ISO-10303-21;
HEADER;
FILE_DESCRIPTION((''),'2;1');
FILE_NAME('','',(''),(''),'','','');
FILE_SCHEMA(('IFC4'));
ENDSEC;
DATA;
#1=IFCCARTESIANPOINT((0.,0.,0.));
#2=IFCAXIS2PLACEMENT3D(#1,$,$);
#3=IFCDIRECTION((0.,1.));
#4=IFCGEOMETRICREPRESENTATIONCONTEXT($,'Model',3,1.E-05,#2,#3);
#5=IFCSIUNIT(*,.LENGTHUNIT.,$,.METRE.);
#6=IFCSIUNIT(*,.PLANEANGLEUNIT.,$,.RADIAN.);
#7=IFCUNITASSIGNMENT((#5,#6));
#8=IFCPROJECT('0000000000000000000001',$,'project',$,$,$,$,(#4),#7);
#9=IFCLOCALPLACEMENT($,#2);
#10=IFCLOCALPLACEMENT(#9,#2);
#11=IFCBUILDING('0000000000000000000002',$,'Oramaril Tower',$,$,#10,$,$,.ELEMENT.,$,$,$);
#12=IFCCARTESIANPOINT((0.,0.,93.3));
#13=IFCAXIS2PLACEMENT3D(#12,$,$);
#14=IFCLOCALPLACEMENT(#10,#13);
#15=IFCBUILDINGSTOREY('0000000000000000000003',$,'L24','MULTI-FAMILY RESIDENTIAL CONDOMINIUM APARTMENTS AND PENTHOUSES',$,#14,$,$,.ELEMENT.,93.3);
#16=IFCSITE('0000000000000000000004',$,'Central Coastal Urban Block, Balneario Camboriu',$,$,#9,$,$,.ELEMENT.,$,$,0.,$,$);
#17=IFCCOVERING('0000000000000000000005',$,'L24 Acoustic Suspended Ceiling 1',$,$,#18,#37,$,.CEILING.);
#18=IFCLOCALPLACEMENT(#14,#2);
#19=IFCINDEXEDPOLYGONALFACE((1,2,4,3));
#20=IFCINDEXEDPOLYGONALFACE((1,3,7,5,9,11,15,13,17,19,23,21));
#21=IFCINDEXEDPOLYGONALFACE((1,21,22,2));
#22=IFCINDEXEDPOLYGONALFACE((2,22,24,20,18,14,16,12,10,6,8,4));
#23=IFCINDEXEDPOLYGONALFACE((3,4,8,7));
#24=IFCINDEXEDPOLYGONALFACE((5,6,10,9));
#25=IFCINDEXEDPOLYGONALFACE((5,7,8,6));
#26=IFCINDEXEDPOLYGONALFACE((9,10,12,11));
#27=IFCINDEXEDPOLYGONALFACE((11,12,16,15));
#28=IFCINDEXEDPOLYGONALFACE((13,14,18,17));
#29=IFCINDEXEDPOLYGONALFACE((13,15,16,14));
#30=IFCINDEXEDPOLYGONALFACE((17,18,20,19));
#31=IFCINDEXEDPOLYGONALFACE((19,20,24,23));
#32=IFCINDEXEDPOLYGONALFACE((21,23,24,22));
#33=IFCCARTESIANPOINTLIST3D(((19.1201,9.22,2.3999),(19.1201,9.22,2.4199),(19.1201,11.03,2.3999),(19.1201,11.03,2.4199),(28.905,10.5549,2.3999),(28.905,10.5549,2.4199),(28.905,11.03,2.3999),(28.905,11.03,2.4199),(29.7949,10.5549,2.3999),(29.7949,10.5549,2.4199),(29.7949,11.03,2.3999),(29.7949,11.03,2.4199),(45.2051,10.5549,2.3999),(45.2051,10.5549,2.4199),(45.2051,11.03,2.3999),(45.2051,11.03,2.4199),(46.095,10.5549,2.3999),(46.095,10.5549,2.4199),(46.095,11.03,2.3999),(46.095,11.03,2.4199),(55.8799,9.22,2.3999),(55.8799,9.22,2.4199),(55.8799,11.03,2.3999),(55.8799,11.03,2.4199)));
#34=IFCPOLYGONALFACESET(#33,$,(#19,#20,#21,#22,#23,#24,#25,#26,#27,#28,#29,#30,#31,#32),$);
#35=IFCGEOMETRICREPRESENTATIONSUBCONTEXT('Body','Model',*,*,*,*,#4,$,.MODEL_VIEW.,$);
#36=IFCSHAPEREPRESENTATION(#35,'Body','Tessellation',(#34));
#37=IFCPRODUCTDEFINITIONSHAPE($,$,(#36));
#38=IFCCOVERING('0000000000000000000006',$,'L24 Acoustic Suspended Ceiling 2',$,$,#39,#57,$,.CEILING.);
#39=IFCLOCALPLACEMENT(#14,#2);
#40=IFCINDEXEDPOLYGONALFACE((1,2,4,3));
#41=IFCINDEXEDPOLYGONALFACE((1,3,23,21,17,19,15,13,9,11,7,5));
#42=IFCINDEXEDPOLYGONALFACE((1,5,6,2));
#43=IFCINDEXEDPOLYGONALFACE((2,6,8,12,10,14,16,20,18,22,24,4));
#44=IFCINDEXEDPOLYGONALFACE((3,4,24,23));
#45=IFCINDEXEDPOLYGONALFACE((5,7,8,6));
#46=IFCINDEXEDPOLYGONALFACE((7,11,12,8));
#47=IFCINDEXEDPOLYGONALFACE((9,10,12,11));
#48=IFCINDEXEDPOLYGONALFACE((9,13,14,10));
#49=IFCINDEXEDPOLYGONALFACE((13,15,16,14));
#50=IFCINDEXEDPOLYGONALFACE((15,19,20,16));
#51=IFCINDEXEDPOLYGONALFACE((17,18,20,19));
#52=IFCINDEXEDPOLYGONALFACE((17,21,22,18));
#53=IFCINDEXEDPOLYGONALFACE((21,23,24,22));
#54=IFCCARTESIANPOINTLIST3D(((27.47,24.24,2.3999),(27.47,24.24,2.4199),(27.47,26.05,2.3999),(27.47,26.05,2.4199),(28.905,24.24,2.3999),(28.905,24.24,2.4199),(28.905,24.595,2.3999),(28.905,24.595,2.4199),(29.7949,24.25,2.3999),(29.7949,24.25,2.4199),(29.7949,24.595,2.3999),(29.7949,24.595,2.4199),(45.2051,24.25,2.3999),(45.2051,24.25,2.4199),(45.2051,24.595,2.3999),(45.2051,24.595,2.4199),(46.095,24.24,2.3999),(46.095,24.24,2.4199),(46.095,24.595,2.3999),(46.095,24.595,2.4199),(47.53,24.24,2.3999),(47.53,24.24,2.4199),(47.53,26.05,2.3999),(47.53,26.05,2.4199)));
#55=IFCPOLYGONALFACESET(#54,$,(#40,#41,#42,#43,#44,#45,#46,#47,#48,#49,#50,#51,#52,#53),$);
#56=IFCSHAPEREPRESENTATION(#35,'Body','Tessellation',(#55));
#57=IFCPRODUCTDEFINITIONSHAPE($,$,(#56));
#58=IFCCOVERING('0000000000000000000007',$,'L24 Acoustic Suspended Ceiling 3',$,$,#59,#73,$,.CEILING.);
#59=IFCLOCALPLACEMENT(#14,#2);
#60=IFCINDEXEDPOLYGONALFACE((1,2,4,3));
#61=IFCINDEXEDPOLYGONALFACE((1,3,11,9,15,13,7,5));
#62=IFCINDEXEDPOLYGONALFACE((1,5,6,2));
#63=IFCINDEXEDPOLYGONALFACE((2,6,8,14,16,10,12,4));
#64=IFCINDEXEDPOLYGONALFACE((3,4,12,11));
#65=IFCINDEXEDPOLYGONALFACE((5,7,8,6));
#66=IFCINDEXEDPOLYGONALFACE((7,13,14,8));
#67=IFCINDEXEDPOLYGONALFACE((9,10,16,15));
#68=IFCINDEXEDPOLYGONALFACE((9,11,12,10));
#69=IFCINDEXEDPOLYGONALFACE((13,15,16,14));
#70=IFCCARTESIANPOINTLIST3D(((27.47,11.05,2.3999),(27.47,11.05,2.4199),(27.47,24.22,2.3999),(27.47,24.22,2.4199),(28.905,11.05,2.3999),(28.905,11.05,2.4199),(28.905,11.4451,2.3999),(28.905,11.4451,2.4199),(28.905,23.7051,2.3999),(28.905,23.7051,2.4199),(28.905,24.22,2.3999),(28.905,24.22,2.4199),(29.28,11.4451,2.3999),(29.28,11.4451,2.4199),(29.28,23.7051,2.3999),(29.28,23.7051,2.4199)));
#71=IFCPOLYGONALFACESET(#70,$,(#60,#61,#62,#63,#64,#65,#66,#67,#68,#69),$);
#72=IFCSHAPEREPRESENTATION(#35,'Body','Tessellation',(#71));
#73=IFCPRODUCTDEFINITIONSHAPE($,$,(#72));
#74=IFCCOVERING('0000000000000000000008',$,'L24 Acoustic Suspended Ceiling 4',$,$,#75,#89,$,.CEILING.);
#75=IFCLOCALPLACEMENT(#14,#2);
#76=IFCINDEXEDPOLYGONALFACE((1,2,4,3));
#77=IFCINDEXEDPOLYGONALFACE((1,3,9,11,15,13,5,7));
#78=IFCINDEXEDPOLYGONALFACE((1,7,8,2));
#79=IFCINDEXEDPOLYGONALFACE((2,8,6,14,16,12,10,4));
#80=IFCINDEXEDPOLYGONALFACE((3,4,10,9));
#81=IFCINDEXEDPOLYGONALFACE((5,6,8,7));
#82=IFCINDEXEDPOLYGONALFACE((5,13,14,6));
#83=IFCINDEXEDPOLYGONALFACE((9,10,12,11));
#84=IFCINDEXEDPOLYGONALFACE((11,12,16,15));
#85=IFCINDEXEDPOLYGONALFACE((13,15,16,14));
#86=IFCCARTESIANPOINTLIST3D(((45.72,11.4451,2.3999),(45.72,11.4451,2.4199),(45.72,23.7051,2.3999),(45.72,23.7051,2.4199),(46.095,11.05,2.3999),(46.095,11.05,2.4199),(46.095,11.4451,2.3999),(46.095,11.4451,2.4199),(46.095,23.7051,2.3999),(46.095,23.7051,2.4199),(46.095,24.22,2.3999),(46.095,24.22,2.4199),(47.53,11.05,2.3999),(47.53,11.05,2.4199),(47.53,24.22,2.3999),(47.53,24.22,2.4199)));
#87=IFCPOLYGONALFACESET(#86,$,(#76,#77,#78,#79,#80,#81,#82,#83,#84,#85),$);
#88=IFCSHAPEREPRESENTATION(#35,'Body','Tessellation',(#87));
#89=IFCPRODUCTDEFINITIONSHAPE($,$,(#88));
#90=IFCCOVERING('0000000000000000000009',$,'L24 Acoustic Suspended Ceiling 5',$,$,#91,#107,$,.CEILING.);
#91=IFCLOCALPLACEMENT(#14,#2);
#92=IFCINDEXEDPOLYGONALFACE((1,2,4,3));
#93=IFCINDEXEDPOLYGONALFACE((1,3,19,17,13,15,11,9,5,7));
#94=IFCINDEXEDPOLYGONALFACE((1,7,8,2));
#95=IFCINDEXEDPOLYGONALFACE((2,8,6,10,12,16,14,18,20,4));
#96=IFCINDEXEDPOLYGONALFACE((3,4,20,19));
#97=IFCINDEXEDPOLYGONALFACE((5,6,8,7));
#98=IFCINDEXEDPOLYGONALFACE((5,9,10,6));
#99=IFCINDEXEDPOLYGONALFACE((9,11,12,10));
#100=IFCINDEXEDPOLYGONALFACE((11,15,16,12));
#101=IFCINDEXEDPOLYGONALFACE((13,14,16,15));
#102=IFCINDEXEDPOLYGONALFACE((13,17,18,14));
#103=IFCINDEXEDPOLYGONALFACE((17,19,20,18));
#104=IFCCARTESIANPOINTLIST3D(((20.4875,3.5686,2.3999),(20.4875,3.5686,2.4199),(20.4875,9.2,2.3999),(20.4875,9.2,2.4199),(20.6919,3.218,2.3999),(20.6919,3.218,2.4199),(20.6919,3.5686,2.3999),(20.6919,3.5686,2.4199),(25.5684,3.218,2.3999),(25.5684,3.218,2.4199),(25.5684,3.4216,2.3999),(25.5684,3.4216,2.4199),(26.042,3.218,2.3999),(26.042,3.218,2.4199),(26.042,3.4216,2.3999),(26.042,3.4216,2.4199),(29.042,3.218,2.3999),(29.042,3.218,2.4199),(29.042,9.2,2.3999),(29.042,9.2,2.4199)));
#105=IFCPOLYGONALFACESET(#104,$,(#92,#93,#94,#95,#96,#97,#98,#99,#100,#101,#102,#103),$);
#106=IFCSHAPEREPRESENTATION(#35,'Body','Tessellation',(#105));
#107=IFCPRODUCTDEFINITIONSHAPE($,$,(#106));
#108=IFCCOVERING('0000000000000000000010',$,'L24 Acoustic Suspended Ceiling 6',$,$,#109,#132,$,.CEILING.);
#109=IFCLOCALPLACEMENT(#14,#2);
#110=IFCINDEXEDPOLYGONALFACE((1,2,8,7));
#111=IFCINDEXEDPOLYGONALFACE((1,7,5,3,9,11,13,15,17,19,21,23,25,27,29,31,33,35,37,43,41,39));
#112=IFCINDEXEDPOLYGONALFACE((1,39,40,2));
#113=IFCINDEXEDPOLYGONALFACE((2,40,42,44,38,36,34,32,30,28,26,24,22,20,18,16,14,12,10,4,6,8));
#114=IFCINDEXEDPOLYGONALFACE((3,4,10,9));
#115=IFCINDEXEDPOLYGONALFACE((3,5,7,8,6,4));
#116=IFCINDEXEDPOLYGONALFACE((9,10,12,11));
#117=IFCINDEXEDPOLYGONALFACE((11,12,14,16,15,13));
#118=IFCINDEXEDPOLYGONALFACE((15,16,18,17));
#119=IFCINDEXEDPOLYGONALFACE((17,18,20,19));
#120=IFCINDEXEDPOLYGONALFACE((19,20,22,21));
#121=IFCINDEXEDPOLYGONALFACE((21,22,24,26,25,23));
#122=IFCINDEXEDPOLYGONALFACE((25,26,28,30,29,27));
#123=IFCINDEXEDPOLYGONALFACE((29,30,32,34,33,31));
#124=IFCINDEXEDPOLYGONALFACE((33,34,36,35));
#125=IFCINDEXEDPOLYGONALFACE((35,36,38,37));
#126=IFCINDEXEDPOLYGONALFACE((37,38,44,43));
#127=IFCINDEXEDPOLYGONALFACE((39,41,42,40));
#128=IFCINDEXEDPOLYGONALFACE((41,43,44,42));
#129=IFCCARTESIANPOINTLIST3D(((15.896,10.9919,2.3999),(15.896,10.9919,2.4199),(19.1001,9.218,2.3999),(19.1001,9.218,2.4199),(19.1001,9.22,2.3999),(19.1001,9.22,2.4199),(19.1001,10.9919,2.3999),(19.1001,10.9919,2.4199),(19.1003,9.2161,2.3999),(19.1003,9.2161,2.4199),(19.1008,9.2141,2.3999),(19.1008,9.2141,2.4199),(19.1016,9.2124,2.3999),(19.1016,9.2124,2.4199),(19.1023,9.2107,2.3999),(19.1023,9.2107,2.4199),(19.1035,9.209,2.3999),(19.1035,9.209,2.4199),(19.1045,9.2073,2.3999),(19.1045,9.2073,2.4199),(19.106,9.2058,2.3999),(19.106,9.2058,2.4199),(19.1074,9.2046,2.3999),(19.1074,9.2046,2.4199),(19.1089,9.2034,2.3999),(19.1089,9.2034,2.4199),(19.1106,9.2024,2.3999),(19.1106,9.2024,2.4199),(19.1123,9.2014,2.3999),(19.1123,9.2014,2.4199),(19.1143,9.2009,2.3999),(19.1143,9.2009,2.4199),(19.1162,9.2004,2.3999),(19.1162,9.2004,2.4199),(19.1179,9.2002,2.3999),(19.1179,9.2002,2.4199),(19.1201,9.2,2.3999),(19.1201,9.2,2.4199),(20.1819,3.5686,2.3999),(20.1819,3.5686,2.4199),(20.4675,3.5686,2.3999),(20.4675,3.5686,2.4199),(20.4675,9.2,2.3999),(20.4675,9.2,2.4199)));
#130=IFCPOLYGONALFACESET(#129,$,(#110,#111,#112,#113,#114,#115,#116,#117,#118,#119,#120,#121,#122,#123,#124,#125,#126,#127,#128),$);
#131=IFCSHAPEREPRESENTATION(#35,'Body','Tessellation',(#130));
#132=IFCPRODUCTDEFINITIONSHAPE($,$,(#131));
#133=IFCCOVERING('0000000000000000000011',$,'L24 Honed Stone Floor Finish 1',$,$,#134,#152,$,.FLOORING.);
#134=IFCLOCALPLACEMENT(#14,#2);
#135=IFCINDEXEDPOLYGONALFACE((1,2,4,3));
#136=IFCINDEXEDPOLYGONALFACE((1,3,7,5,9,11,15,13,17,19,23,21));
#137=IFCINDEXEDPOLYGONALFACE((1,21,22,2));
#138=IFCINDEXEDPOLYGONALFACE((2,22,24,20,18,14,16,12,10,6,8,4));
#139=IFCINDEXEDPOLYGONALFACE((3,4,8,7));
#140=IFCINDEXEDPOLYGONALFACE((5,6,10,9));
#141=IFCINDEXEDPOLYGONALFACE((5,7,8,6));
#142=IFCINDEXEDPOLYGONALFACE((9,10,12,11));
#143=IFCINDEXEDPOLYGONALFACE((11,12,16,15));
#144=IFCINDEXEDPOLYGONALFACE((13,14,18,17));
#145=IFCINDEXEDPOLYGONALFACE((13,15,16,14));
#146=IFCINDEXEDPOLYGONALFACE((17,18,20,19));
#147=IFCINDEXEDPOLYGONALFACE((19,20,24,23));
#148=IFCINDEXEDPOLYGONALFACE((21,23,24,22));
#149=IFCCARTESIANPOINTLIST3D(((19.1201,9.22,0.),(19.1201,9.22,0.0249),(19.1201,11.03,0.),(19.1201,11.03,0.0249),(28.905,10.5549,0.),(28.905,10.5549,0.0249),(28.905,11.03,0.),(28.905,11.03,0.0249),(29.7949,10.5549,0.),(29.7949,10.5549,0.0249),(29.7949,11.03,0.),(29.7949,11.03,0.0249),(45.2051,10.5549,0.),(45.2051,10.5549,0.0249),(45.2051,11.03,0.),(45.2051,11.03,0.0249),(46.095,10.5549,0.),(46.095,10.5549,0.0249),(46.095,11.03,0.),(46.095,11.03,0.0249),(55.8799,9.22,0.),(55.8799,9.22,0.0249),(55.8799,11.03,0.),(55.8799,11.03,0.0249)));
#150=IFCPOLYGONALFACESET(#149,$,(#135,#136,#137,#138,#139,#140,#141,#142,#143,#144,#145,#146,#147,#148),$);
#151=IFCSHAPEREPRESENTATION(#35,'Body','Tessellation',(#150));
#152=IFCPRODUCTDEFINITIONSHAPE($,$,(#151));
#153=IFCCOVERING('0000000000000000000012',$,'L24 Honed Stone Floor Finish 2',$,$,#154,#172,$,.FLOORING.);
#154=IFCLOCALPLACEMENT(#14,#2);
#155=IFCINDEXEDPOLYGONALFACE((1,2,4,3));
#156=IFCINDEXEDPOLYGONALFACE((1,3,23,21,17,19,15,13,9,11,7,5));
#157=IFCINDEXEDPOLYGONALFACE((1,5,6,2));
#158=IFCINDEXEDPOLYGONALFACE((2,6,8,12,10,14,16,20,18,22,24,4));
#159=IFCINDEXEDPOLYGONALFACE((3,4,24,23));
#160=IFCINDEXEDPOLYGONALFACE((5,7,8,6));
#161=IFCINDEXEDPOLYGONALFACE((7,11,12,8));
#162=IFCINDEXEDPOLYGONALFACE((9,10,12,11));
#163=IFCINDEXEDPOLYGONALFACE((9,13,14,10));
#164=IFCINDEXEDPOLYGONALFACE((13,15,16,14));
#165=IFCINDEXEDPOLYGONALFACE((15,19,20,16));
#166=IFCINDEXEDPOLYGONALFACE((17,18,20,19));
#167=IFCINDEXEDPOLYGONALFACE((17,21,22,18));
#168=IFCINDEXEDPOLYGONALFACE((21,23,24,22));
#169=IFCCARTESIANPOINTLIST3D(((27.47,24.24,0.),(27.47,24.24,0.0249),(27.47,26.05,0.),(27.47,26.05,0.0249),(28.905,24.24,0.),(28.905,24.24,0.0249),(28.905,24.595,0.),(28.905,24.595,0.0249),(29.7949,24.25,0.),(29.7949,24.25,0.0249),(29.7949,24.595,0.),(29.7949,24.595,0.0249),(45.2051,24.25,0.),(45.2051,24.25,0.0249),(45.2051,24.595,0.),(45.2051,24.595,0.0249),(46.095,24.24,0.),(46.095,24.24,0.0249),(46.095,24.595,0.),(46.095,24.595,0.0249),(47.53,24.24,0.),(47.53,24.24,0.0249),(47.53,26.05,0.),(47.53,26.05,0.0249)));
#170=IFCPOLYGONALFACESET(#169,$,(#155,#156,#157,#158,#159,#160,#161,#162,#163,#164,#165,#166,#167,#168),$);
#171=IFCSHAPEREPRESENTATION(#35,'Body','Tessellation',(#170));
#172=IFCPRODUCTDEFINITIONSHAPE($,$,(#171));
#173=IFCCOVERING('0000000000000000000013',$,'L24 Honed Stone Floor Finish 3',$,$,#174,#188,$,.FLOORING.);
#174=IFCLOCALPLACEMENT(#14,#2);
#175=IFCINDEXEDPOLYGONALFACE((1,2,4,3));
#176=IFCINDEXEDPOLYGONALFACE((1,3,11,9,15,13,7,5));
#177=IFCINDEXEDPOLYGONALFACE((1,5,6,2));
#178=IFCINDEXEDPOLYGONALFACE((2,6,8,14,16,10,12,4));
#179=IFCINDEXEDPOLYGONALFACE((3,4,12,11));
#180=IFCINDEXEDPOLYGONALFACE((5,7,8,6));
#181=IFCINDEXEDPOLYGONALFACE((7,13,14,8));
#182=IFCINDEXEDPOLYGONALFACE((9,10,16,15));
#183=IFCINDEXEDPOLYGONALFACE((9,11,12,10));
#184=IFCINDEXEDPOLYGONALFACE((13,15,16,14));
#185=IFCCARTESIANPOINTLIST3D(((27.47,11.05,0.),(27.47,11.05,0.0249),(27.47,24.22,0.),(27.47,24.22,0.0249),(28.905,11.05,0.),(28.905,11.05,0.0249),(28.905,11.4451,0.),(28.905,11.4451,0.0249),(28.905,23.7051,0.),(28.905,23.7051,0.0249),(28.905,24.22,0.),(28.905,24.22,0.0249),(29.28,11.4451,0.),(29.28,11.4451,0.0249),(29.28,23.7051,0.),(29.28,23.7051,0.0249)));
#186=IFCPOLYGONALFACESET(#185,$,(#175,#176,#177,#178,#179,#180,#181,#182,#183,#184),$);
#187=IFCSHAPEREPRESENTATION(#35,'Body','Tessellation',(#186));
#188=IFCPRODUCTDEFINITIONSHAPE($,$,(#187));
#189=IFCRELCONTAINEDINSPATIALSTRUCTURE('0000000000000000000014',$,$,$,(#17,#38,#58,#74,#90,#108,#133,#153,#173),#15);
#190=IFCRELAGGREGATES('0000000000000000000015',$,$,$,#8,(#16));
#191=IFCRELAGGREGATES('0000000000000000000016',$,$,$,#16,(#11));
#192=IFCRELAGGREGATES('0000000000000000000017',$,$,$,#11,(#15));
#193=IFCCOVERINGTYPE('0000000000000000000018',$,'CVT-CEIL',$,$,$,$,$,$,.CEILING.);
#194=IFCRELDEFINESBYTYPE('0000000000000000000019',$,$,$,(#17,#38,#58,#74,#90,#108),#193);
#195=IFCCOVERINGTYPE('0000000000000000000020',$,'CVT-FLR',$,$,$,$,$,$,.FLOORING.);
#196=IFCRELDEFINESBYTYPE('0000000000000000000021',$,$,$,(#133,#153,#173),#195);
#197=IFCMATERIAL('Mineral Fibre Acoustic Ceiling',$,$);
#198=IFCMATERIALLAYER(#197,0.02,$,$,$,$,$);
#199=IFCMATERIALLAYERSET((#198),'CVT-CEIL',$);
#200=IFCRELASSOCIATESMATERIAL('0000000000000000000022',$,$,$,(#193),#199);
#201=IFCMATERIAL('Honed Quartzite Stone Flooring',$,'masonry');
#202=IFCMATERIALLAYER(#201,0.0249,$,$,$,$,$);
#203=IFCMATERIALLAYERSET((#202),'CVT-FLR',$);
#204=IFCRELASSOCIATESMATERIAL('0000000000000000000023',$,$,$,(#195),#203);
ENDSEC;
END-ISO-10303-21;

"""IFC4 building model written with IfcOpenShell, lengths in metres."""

from ifc_helpers import new_model, si_unit, direction, frame, origin, place, context, subcontext, project, spatial, polyline, outline, extrude, material, layer, layer_set, type_object, element, save


model = new_model("IFC4")

# Units and contexts
model_context = context("Model", 3, precision=1e-05, world=origin(), true_north=direction((0.0, 1.0)))
body_context = subcontext(model_context, "Body", "Model", "MODEL_VIEW")
ifc_project = project(units=[si_unit("LENGTHUNIT", "METRE"), si_unit("PLANEANGLEUNIT", "RADIAN")], contexts=[model_context])

# Site, building, storey
site_placement = place(None, origin())
site = spatial("IfcSite", under=ifc_project, at=site_placement, Name="Central Coastal Urban Block, Balneario Camboriu", CompositionType="ELEMENT", RefElevation=0.0)
building_placement = place(site_placement, origin())
building = spatial("IfcBuilding", under=site, at=building_placement, Name="Oramaril Tower", CompositionType="ELEMENT")
storey_placement = place(building_placement, frame((0.0, 0.0, 93.3)))
storey = spatial("IfcBuildingStorey", under=building, at=storey_placement, Name="L24", Description="MULTI-FAMILY RESIDENTIAL CONDOMINIUM APARTMENTS AND PENTHOUSES", CompositionType="ELEMENT", Elevation=93.3)

# Coverings
ifc_material_1 = material(Name="Mineral Fibre Acoustic Ceiling")
ifc_layer_1 = layer(ifc_material_1, 0.02)
ifc_layer_set_1 = layer_set([ifc_layer_1], Name="CVT-CEIL")
covering_type_1 = type_object("IfcCoveringType", Name="CVT-CEIL", PredefinedType="CEILING", material=ifc_layer_set_1)
covering_1_placement = place(storey_placement, frame((0.0, 0.0, 2.3999)))
element("IfcCovering", 1, at=covering_1_placement, inside=storey, type_object=covering_type_1, Name="L24 Acoustic Suspended Ceiling 1", PredefinedType="CEILING", context=body_context, shape_type="SweptSolid", body=[
    extrude(outline(polyline([(28.905, 10.5549), (29.7949, 10.5549), (29.7949, 11.03), (45.2051, 11.03), (45.2051, 10.5549), (46.095, 10.5549), (46.095, 11.03), (55.8799, 11.03), (55.8799, 9.22), (19.1201, 9.22), (19.1201, 11.03), (28.905, 11.03), (28.905, 10.5549)])), origin(), (0.0, 0.0, 1.0), 0.02),
])
covering_2_placement = place(storey_placement, frame((0.0, 0.0, 2.3999)))
element("IfcCovering", 2, at=covering_2_placement, inside=storey, type_object=covering_type_1, Name="L24 Acoustic Suspended Ceiling 2", PredefinedType="CEILING", context=body_context, shape_type="SweptSolid", body=[
    extrude(outline(polyline([(47.53, 24.24), (46.095, 24.24), (46.095, 24.595), (45.2051, 24.595), (45.2051, 24.25), (29.7949, 24.25), (29.7949, 24.595), (28.905, 24.595), (28.905, 24.24), (27.47, 24.24), (27.47, 26.05), (47.53, 26.05), (47.53, 24.24)])), origin(), (0.0, 0.0, 1.0), 0.02),
])
covering_3_placement = place(storey_placement, frame((0.0, 0.0, 2.3999)))
element("IfcCovering", 3, at=covering_3_placement, inside=storey, type_object=covering_type_1, Name="L24 Acoustic Suspended Ceiling 3", PredefinedType="CEILING", context=body_context, shape_type="SweptSolid", body=[
    extrude(outline(polyline([(28.905, 23.7051), (29.28, 23.7051), (29.28, 11.4451), (28.905, 11.4451), (28.905, 11.05), (27.47, 11.05), (27.47, 24.22), (28.905, 24.22), (28.905, 23.7051)])), origin(), (0.0, 0.0, 1.0), 0.02),
])
covering_4_placement = place(storey_placement, frame((0.0, 0.0, 2.3999)))
element("IfcCovering", 4, at=covering_4_placement, inside=storey, type_object=covering_type_1, Name="L24 Acoustic Suspended Ceiling 4", PredefinedType="CEILING", context=body_context, shape_type="SweptSolid", body=[
    extrude(outline(polyline([(47.53, 11.05), (46.095, 11.05), (46.095, 11.4451), (45.72, 11.4451), (45.72, 23.7051), (46.095, 23.7051), (46.095, 24.22), (47.53, 24.22), (47.53, 11.05)])), origin(), (0.0, 0.0, 1.0), 0.02),
])
covering_5_placement = place(storey_placement, frame((0.0, 0.0, 2.3999)))
element("IfcCovering", 5, at=covering_5_placement, inside=storey, type_object=covering_type_1, Name="L24 Acoustic Suspended Ceiling 5", PredefinedType="CEILING", context=body_context, shape_type="SweptSolid", body=[
    extrude(outline(polyline([(26.042, 3.4216), (25.5684, 3.4216), (25.5684, 3.218), (20.6919, 3.218), (20.6919, 3.5686), (20.4875, 3.5686), (20.4875, 9.2), (29.042, 9.2), (29.042, 3.218), (26.042, 3.218), (26.042, 3.4216)])), origin(), (0.0, 0.0, 1.0), 0.02),
])
covering_6_placement = place(storey_placement, frame((0.0, 0.0, 2.3999)))
element("IfcCovering", 6, at=covering_6_placement, inside=storey, type_object=covering_type_1, Name="L24 Acoustic Suspended Ceiling 6", PredefinedType="CEILING", context=body_context, shape_type="SweptSolid", body=[
    extrude(outline(polyline([(20.1819, 3.5686), (15.896, 10.9919), (19.1001, 10.9919), (19.1001, 9.22), (19.1001, 9.218), (19.1003, 9.2161), (19.1008, 9.2141), (19.1016, 9.2124), (19.1023, 9.2107), (19.1035, 9.209), (19.1045, 9.2073), (19.106, 9.2058), (19.1074, 9.2046), (19.1089, 9.2034), (19.1106, 9.2024), (19.1123, 9.2014), (19.1143, 9.2009), (19.1162, 9.2004), (19.1179, 9.2002), (19.1201, 9.2), (20.4675, 9.2), (20.4675, 3.5686), (20.1819, 3.5686)])), origin(), (0.0, 0.0, 1.0), 0.02),
])
ifc_material_2 = material(Name="Honed Quartzite Stone Flooring", Category="masonry")
ifc_layer_2 = layer(ifc_material_2, 0.0249)
ifc_layer_set_2 = layer_set([ifc_layer_2], Name="CVT-FLR")
covering_type_2 = type_object("IfcCoveringType", Name="CVT-FLR", PredefinedType="FLOORING", material=ifc_layer_set_2)
covering_7_placement = place(storey_placement, origin())
element("IfcCovering", 7, at=covering_7_placement, inside=storey, type_object=covering_type_2, Name="L24 Honed Stone Floor Finish 1", PredefinedType="FLOORING", context=body_context, shape_type="SweptSolid", body=[
    extrude(outline(polyline([(28.905, 10.5549), (29.7949, 10.5549), (29.7949, 11.03), (45.2051, 11.03), (45.2051, 10.5549), (46.095, 10.5549), (46.095, 11.03), (55.8799, 11.03), (55.8799, 9.22), (19.1201, 9.22), (19.1201, 11.03), (28.905, 11.03), (28.905, 10.5549)])), origin(), (0.0, 0.0, 1.0), 0.0249),
])
covering_8_placement = place(storey_placement, origin())
element("IfcCovering", 8, at=covering_8_placement, inside=storey, type_object=covering_type_2, Name="L24 Honed Stone Floor Finish 2", PredefinedType="FLOORING", context=body_context, shape_type="SweptSolid", body=[
    extrude(outline(polyline([(47.53, 24.24), (46.095, 24.24), (46.095, 24.595), (45.2051, 24.595), (45.2051, 24.25), (29.7949, 24.25), (29.7949, 24.595), (28.905, 24.595), (28.905, 24.24), (27.47, 24.24), (27.47, 26.05), (47.53, 26.05), (47.53, 24.24)])), origin(), (0.0, 0.0, 1.0), 0.0249),
])
covering_9_placement = place(storey_placement, origin())
element("IfcCovering", 9, at=covering_9_placement, inside=storey, type_object=covering_type_2, Name="L24 Honed Stone Floor Finish 3", PredefinedType="FLOORING", context=body_context, shape_type="SweptSolid", body=[
    extrude(outline(polyline([(28.905, 23.7051), (29.28, 23.7051), (29.28, 11.4451), (28.905, 11.4451), (28.905, 11.05), (27.47, 11.05), (27.47, 24.22), (28.905, 24.22), (28.905, 23.7051)])), origin(), (0.0, 0.0, 1.0), 0.0249),
])

save(model, "model.ifc")
